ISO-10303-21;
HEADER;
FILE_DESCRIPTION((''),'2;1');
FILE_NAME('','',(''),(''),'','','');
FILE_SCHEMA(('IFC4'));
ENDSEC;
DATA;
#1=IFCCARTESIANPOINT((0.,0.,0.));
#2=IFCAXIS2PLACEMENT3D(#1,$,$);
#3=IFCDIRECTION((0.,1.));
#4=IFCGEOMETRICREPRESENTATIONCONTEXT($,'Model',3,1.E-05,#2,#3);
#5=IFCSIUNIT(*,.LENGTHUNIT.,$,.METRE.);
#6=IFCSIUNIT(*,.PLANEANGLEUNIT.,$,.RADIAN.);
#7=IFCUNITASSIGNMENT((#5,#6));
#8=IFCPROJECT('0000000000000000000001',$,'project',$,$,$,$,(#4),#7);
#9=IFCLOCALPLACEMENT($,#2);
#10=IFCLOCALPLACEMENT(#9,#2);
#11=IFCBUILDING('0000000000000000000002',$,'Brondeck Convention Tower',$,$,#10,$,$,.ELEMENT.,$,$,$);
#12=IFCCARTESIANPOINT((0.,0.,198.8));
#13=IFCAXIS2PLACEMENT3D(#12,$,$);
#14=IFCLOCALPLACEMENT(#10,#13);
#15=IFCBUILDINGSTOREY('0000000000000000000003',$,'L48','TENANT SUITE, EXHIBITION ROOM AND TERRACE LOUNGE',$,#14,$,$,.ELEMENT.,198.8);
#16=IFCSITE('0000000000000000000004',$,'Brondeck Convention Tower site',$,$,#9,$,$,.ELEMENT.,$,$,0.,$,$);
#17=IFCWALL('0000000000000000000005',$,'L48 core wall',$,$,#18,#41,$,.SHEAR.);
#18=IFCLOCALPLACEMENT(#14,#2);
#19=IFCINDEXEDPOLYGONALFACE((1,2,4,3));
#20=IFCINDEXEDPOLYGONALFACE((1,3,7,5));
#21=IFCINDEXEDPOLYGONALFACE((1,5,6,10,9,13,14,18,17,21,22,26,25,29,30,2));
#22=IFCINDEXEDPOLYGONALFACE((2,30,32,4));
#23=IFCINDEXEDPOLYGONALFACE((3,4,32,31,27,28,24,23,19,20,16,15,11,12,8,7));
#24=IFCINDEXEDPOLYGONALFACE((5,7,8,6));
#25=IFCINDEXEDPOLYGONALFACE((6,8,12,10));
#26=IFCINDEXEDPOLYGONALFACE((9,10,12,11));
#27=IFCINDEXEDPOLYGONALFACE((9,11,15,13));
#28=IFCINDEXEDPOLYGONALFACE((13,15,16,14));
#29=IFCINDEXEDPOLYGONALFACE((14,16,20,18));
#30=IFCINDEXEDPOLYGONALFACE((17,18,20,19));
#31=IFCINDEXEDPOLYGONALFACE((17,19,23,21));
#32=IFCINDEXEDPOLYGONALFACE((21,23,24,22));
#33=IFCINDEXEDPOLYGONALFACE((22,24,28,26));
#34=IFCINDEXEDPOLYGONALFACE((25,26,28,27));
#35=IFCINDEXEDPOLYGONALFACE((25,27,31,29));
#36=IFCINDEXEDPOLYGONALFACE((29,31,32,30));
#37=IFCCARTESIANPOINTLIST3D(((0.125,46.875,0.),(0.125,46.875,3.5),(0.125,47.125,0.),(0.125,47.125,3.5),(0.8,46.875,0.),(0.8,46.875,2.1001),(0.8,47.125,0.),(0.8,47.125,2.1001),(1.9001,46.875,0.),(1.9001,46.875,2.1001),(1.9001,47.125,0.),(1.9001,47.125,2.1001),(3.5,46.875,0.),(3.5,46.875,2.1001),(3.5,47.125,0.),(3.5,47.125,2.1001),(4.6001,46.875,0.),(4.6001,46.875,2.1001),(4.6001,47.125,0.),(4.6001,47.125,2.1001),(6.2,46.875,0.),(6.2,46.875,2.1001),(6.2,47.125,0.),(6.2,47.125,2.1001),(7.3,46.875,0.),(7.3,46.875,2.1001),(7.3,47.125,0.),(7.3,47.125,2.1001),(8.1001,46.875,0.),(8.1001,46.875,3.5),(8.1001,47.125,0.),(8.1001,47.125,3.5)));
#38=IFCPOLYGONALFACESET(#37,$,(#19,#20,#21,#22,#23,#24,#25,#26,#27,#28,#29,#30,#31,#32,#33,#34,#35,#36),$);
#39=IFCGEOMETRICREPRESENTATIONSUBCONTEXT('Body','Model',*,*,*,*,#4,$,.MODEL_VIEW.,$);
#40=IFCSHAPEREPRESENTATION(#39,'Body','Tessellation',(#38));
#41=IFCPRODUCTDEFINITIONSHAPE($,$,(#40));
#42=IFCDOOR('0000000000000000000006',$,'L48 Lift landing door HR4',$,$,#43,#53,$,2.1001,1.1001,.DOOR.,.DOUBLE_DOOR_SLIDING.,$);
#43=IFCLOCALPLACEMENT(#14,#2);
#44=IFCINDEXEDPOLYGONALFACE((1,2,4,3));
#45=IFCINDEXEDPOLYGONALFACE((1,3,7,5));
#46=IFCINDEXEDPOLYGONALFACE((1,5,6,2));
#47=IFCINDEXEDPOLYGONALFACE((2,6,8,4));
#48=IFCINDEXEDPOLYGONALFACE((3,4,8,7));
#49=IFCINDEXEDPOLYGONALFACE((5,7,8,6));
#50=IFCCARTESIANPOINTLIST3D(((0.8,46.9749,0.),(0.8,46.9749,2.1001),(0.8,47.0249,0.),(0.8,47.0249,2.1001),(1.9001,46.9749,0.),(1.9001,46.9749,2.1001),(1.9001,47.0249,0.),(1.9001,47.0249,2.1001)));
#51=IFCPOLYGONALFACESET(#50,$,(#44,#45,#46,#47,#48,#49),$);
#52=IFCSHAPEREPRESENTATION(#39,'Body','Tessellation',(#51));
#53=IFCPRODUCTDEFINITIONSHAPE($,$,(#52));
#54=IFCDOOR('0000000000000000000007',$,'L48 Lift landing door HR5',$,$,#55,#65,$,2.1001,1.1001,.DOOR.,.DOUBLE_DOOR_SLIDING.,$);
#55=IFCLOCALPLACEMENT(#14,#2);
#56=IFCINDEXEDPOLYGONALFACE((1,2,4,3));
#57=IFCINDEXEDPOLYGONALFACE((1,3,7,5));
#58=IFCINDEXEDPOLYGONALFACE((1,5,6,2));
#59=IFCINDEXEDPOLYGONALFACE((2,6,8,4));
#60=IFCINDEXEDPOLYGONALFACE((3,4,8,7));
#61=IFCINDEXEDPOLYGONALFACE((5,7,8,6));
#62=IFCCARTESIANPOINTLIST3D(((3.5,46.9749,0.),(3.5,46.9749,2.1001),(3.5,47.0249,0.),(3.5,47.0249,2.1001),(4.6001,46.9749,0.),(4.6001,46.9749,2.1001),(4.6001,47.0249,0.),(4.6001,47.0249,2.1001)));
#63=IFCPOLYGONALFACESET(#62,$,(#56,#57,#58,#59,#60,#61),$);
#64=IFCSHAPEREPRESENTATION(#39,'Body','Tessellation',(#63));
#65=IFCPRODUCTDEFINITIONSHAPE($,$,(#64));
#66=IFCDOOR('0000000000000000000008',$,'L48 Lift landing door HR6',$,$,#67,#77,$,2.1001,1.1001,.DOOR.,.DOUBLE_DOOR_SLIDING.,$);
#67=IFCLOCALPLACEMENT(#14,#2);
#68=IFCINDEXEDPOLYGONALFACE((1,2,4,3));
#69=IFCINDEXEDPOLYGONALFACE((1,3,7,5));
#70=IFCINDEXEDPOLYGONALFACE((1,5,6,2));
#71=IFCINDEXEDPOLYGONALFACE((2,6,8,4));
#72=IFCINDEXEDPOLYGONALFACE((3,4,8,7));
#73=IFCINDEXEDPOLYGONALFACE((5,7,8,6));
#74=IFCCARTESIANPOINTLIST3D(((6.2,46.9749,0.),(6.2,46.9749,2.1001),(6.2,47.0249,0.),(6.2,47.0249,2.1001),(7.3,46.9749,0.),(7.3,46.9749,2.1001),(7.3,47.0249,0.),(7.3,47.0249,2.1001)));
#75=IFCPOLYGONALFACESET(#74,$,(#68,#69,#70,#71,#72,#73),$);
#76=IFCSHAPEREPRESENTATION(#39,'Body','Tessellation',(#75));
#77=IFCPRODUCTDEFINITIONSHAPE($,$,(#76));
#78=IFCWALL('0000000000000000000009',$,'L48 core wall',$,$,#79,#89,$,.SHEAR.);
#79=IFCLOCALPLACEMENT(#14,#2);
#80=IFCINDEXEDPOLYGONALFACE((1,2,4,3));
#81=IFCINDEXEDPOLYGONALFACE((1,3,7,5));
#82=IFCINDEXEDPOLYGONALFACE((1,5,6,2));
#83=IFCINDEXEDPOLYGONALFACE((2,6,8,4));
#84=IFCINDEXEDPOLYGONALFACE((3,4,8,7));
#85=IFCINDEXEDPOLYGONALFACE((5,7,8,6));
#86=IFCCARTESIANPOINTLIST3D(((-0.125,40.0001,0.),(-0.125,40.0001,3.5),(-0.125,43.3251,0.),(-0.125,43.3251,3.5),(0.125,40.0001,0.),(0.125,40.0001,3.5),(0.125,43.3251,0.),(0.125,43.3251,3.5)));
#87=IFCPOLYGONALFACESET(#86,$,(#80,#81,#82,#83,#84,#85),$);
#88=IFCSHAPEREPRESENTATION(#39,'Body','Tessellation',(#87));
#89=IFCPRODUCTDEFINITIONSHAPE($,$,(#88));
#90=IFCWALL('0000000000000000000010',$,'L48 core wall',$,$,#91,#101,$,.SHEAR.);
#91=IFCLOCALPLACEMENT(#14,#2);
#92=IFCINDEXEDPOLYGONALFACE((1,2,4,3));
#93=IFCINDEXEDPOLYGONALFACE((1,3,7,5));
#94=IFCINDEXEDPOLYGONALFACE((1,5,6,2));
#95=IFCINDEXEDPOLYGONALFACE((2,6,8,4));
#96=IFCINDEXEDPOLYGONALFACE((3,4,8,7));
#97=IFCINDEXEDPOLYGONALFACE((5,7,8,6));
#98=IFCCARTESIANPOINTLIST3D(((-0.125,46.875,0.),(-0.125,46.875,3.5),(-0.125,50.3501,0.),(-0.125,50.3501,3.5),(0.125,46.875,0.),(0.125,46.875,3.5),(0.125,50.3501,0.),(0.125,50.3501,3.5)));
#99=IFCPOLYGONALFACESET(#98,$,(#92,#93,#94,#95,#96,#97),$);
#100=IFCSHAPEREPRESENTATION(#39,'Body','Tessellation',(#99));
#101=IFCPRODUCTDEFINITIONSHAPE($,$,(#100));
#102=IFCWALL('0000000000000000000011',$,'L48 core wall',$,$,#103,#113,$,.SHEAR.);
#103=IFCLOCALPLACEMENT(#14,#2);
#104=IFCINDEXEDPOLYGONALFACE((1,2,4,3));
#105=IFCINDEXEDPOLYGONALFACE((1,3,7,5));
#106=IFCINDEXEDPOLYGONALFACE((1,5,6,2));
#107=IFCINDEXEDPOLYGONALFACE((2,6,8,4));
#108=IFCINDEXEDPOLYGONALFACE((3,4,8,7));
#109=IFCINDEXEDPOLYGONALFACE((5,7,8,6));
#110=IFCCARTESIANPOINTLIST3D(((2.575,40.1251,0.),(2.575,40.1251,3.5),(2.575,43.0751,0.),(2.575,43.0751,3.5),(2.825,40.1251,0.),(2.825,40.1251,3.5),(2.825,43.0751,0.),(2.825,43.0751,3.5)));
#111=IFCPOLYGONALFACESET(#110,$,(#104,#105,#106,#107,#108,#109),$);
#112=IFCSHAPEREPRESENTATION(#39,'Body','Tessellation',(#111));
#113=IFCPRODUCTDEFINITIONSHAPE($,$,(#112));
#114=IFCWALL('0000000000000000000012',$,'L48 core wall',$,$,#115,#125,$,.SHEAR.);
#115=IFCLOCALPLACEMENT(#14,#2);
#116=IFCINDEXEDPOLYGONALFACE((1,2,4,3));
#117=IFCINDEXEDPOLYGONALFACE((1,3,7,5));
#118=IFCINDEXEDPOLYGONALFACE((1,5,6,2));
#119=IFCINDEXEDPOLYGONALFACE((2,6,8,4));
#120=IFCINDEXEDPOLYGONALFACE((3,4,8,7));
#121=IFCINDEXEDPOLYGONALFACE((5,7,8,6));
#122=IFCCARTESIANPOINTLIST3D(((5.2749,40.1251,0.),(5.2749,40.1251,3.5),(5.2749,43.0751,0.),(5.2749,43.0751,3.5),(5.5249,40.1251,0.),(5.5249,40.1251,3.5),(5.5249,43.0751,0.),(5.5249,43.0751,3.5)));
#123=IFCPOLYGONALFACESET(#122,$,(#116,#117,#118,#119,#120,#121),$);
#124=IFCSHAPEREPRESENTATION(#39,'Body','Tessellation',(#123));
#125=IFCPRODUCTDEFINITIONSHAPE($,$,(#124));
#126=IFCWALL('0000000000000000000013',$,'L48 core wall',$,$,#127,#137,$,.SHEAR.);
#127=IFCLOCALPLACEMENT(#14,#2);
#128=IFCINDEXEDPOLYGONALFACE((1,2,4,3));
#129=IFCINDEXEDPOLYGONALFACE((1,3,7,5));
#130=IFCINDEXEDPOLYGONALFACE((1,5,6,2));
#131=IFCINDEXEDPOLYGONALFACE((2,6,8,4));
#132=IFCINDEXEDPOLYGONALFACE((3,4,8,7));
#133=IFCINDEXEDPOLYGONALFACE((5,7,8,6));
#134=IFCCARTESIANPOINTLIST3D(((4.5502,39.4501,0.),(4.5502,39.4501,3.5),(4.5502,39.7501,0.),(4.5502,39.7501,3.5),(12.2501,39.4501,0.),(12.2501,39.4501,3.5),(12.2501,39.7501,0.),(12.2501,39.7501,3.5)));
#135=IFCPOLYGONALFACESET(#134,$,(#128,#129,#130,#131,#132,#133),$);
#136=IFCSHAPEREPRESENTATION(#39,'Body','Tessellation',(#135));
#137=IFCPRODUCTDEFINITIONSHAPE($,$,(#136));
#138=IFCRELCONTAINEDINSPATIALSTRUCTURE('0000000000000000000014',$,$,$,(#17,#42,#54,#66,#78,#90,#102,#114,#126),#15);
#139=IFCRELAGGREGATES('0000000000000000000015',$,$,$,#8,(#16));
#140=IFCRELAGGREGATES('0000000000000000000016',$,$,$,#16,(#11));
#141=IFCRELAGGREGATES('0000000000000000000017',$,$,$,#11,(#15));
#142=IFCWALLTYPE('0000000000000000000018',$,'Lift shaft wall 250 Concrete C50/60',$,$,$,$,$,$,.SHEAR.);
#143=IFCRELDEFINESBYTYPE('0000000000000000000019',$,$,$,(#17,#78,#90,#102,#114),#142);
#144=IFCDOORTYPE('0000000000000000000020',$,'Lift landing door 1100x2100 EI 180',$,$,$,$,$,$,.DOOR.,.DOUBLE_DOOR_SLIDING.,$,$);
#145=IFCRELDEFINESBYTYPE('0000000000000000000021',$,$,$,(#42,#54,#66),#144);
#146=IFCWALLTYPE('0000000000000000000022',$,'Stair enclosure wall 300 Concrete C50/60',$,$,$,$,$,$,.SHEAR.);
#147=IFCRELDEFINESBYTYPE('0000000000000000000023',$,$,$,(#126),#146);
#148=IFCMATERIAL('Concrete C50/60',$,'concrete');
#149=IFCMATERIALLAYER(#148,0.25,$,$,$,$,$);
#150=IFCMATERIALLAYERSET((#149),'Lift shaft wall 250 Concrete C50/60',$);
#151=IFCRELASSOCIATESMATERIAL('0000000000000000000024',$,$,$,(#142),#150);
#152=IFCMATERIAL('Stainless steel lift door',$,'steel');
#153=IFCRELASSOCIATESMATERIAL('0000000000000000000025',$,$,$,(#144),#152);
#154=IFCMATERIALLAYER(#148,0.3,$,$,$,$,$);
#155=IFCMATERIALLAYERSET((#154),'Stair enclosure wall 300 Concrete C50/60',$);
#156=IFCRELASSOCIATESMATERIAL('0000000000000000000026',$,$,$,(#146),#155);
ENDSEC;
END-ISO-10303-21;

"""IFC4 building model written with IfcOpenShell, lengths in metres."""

from ifc_helpers import new_model, si_unit, direction, frame, frame_2d, origin, place, context, subcontext, project, spatial, rectangle, extrude, material, layer, layer_set, type_object, element, fill, save


model = new_model("IFC4")

# Units and contexts
model_context = context("Model", 3, precision=1e-05, world=origin(), true_north=direction((0.0, 1.0)))
body_context = subcontext(model_context, "Body", "Model", "MODEL_VIEW")
ifc_project = project(units=[si_unit("LENGTHUNIT", "METRE"), si_unit("PLANEANGLEUNIT", "RADIAN")], contexts=[model_context])

# Site, building, storey
site_placement = place(None, origin())
site = spatial("IfcSite", under=ifc_project, at=site_placement, Name="Brondeck Convention Tower site", CompositionType="ELEMENT", RefElevation=0.0)
building_placement = place(site_placement, origin())
building = spatial("IfcBuilding", under=site, at=building_placement, Name="Brondeck Convention Tower", CompositionType="ELEMENT")
storey_placement = place(building_placement, frame((0.0, 0.0, 198.8)))
storey = spatial("IfcBuildingStorey", under=building, at=storey_placement, Name="L48", Description="TENANT SUITE, EXHIBITION ROOM AND TERRACE LOUNGE", CompositionType="ELEMENT", Elevation=198.8)

# Shared definitions
ifc_material_1 = material(Name="Concrete C50/60", Category="concrete")

# Shared definitions
ifc_layer_1 = layer(ifc_material_1, 0.25)
ifc_layer_set_1 = layer_set([ifc_layer_1], Name="Lift shaft wall 250 Concrete C50/60")
wall_type_1 = type_object("IfcWallType", Name="Lift shaft wall 250 Concrete C50/60", PredefinedType="SHEAR", material=ifc_layer_set_1)

# Wall, openings, doors
ifc_material_2 = material(Name="Stainless steel lift door", Category="steel")
door_type = type_object("IfcDoorType", Name="Lift landing door 1100x2100 EI 180", OperationType="DOUBLE_DOOR_SLIDING", PredefinedType="DOOR", material=ifc_material_2)
wall_1_placement = place(storey_placement, frame((0.125, 47.0, 0.0), z_axis=(0.0, 0.0, 1.0), x_axis=(1.0, 0.0, 0.0)))
wall_1 = element("IfcWall", 1, at=wall_1_placement, inside=storey, type_object=wall_type_1, Name="L48 core wall", PredefinedType="SHEAR", context=body_context, shape_type="SweptSolid", body=[
    extrude(rectangle(XDim=7.9751, YDim=0.25, at=frame_2d((3.9875, 0.0))), origin(), (0.0, 0.0, 1.0), 3.5),
])
opening_1_placement = place(wall_1_placement, frame((0.675, 0.0, 0.0)))
opening_1 = element("IfcOpeningElement", 2, at=opening_1_placement, cuts=wall_1, PredefinedType="OPENING", context=body_context, shape_type="SweptSolid", body=[
    extrude(rectangle(XDim=1.1001, YDim=2.1001, at=frame_2d((0.55, 1.05))), frame((0.0, 0.135, 0.0), z_axis=(0.0, -1.0, 0.0), x_axis=(1.0, 0.0, 0.0)), (0.0, 0.0, 1.0), 0.27),
])
opening_2_placement = place(wall_1_placement, frame((3.375, 0.0, 0.0)))
opening_2 = element("IfcOpeningElement", 3, at=opening_2_placement, cuts=wall_1, PredefinedType="OPENING", context=body_context, shape_type="SweptSolid", body=[
    extrude(rectangle(XDim=1.1001, YDim=2.1001, at=frame_2d((0.55, 1.05))), frame((0.0, 0.135, 0.0), z_axis=(0.0, -1.0, 0.0), x_axis=(1.0, 0.0, 0.0)), (0.0, 0.0, 1.0), 0.27),
])
opening_3_placement = place(wall_1_placement, frame((6.075, 0.0, 0.0)))
opening_3 = element("IfcOpeningElement", 4, at=opening_3_placement, cuts=wall_1, PredefinedType="OPENING", context=body_context, shape_type="SweptSolid", body=[
    extrude(rectangle(XDim=1.1001, YDim=2.1001, at=frame_2d((0.55, 1.05))), frame((0.0, 0.135, 0.0), z_axis=(0.0, -1.0, 0.0), x_axis=(1.0, 0.0, 0.0)), (0.0, 0.0, 1.0), 0.27),
])
door_1_placement = place(opening_1_placement, origin())
door_1 = element("IfcDoor", 5, at=door_1_placement, inside=storey, type_object=door_type, Name="L48 Lift landing door HR4", OperationType="DOUBLE_DOOR_SLIDING", OverallHeight=2.1001, OverallWidth=1.1001, PredefinedType="DOOR", context=body_context, shape_type="SweptSolid", body=[
    extrude(rectangle(XDim=1.1001, YDim=2.1001, at=frame_2d((0.55, 1.05))), frame((0.0, 0.0249, 0.0), z_axis=(0.0, -1.0, 0.0), x_axis=(1.0, 0.0, 0.0)), (0.0, 0.0, 1.0), 0.05),
])
fill(opening_1, door_1)
door_2_placement = place(opening_2_placement, origin())
door_2 = element("IfcDoor", 6, at=door_2_placement, inside=storey, type_object=door_type, Name="L48 Lift landing door HR5", OperationType="DOUBLE_DOOR_SLIDING", OverallHeight=2.1001, OverallWidth=1.1001, PredefinedType="DOOR", context=body_context, shape_type="SweptSolid", body=[
    extrude(rectangle(XDim=1.1001, YDim=2.1001, at=frame_2d((0.55, 1.05))), frame((0.0, 0.0249, 0.0), z_axis=(0.0, -1.0, 0.0), x_axis=(1.0, 0.0, 0.0)), (0.0, 0.0, 1.0), 0.05),
])
fill(opening_2, door_2)
door_3_placement = place(opening_3_placement, origin())
door_3 = element("IfcDoor", 7, at=door_3_placement, inside=storey, type_object=door_type, Name="L48 Lift landing door HR6", OperationType="DOUBLE_DOOR_SLIDING", OverallHeight=2.1001, OverallWidth=1.1001, PredefinedType="DOOR", context=body_context, shape_type="SweptSolid", body=[
    extrude(rectangle(XDim=1.1001, YDim=2.1001, at=frame_2d((0.55, 1.05))), frame((0.0, 0.0249, 0.0), z_axis=(0.0, -1.0, 0.0), x_axis=(1.0, 0.0, 0.0)), (0.0, 0.0, 1.0), 0.05),
])
fill(opening_3, door_3)

# Walls
wall_2_placement = place(storey_placement, frame((0.0, 40.0, 0.0), z_axis=(0.0, 0.0, 1.0), x_axis=(0.0, 1.0, 0.0)))
element("IfcWall", 8, at=wall_2_placement, inside=storey, type_object=wall_type_1, Name="L48 core wall", PredefinedType="SHEAR", context=body_context, shape_type="SweptSolid", body=[
    extrude(rectangle(XDim=3.325, YDim=0.25, at=frame_2d((1.6626, 0.0))), origin(), (0.0, 0.0, 1.0), 3.5),
])
wall_3_placement = place(storey_placement, frame((0.0, 46.875, 0.0), z_axis=(0.0, 0.0, 1.0), x_axis=(0.0, 1.0, 0.0)))
element("IfcWall", 9, at=wall_3_placement, inside=storey, type_object=wall_type_1, Name="L48 core wall", PredefinedType="SHEAR", context=body_context, shape_type="SweptSolid", body=[
    extrude(rectangle(XDim=3.4751, YDim=0.25, at=frame_2d((1.7375, 0.0))), origin(), (0.0, 0.0, 1.0), 3.5),
])
for number, where, z_axis, x_axis, name in (
    (10, (2.7, 40.125, 0.0), (0.0, 0.0, 1.0), (0.0, 1.0, 0.0), "L48 core wall"),
    (11, (5.3999, 40.125, 0.0), (0.0, 0.0, 1.0), (0.0, 1.0, 0.0), "L48 core wall"),
):
    element("IfcWall", number, at=place(storey_placement, frame(where, z_axis=z_axis, x_axis=x_axis)), inside=storey, type_object=wall_type_1, Name=name, PredefinedType="SHEAR", context=body_context, shape_type="SweptSolid", body=[
        extrude(rectangle(XDim=2.95, YDim=0.25, at=frame_2d((1.4751, 0.0))), origin(), (0.0, 0.0, 1.0), 3.5),
    ])
ifc_layer_2 = layer(ifc_material_1, 0.3)
ifc_layer_set_2 = layer_set([ifc_layer_2], Name="Stair enclosure wall 300 Concrete C50/60")
wall_type_2 = type_object("IfcWallType", Name="Stair enclosure wall 300 Concrete C50/60", PredefinedType="SHEAR", material=ifc_layer_set_2)
wall_4_placement = place(storey_placement, frame((4.55, 39.6001, 0.0), z_axis=(0.0, 0.0, 1.0), x_axis=(1.0, 0.0, 0.0)))
element("IfcWall", 12, at=wall_4_placement, inside=storey, type_object=wall_type_2, Name="L48 core wall", PredefinedType="SHEAR", context=body_context, shape_type="SweptSolid", body=[
    extrude(rectangle(XDim=7.7, YDim=0.3, at=frame_2d((3.8501, 0.0))), origin(), (0.0, 0.0, 1.0), 3.5),
])

save(model, "model.ifc")
